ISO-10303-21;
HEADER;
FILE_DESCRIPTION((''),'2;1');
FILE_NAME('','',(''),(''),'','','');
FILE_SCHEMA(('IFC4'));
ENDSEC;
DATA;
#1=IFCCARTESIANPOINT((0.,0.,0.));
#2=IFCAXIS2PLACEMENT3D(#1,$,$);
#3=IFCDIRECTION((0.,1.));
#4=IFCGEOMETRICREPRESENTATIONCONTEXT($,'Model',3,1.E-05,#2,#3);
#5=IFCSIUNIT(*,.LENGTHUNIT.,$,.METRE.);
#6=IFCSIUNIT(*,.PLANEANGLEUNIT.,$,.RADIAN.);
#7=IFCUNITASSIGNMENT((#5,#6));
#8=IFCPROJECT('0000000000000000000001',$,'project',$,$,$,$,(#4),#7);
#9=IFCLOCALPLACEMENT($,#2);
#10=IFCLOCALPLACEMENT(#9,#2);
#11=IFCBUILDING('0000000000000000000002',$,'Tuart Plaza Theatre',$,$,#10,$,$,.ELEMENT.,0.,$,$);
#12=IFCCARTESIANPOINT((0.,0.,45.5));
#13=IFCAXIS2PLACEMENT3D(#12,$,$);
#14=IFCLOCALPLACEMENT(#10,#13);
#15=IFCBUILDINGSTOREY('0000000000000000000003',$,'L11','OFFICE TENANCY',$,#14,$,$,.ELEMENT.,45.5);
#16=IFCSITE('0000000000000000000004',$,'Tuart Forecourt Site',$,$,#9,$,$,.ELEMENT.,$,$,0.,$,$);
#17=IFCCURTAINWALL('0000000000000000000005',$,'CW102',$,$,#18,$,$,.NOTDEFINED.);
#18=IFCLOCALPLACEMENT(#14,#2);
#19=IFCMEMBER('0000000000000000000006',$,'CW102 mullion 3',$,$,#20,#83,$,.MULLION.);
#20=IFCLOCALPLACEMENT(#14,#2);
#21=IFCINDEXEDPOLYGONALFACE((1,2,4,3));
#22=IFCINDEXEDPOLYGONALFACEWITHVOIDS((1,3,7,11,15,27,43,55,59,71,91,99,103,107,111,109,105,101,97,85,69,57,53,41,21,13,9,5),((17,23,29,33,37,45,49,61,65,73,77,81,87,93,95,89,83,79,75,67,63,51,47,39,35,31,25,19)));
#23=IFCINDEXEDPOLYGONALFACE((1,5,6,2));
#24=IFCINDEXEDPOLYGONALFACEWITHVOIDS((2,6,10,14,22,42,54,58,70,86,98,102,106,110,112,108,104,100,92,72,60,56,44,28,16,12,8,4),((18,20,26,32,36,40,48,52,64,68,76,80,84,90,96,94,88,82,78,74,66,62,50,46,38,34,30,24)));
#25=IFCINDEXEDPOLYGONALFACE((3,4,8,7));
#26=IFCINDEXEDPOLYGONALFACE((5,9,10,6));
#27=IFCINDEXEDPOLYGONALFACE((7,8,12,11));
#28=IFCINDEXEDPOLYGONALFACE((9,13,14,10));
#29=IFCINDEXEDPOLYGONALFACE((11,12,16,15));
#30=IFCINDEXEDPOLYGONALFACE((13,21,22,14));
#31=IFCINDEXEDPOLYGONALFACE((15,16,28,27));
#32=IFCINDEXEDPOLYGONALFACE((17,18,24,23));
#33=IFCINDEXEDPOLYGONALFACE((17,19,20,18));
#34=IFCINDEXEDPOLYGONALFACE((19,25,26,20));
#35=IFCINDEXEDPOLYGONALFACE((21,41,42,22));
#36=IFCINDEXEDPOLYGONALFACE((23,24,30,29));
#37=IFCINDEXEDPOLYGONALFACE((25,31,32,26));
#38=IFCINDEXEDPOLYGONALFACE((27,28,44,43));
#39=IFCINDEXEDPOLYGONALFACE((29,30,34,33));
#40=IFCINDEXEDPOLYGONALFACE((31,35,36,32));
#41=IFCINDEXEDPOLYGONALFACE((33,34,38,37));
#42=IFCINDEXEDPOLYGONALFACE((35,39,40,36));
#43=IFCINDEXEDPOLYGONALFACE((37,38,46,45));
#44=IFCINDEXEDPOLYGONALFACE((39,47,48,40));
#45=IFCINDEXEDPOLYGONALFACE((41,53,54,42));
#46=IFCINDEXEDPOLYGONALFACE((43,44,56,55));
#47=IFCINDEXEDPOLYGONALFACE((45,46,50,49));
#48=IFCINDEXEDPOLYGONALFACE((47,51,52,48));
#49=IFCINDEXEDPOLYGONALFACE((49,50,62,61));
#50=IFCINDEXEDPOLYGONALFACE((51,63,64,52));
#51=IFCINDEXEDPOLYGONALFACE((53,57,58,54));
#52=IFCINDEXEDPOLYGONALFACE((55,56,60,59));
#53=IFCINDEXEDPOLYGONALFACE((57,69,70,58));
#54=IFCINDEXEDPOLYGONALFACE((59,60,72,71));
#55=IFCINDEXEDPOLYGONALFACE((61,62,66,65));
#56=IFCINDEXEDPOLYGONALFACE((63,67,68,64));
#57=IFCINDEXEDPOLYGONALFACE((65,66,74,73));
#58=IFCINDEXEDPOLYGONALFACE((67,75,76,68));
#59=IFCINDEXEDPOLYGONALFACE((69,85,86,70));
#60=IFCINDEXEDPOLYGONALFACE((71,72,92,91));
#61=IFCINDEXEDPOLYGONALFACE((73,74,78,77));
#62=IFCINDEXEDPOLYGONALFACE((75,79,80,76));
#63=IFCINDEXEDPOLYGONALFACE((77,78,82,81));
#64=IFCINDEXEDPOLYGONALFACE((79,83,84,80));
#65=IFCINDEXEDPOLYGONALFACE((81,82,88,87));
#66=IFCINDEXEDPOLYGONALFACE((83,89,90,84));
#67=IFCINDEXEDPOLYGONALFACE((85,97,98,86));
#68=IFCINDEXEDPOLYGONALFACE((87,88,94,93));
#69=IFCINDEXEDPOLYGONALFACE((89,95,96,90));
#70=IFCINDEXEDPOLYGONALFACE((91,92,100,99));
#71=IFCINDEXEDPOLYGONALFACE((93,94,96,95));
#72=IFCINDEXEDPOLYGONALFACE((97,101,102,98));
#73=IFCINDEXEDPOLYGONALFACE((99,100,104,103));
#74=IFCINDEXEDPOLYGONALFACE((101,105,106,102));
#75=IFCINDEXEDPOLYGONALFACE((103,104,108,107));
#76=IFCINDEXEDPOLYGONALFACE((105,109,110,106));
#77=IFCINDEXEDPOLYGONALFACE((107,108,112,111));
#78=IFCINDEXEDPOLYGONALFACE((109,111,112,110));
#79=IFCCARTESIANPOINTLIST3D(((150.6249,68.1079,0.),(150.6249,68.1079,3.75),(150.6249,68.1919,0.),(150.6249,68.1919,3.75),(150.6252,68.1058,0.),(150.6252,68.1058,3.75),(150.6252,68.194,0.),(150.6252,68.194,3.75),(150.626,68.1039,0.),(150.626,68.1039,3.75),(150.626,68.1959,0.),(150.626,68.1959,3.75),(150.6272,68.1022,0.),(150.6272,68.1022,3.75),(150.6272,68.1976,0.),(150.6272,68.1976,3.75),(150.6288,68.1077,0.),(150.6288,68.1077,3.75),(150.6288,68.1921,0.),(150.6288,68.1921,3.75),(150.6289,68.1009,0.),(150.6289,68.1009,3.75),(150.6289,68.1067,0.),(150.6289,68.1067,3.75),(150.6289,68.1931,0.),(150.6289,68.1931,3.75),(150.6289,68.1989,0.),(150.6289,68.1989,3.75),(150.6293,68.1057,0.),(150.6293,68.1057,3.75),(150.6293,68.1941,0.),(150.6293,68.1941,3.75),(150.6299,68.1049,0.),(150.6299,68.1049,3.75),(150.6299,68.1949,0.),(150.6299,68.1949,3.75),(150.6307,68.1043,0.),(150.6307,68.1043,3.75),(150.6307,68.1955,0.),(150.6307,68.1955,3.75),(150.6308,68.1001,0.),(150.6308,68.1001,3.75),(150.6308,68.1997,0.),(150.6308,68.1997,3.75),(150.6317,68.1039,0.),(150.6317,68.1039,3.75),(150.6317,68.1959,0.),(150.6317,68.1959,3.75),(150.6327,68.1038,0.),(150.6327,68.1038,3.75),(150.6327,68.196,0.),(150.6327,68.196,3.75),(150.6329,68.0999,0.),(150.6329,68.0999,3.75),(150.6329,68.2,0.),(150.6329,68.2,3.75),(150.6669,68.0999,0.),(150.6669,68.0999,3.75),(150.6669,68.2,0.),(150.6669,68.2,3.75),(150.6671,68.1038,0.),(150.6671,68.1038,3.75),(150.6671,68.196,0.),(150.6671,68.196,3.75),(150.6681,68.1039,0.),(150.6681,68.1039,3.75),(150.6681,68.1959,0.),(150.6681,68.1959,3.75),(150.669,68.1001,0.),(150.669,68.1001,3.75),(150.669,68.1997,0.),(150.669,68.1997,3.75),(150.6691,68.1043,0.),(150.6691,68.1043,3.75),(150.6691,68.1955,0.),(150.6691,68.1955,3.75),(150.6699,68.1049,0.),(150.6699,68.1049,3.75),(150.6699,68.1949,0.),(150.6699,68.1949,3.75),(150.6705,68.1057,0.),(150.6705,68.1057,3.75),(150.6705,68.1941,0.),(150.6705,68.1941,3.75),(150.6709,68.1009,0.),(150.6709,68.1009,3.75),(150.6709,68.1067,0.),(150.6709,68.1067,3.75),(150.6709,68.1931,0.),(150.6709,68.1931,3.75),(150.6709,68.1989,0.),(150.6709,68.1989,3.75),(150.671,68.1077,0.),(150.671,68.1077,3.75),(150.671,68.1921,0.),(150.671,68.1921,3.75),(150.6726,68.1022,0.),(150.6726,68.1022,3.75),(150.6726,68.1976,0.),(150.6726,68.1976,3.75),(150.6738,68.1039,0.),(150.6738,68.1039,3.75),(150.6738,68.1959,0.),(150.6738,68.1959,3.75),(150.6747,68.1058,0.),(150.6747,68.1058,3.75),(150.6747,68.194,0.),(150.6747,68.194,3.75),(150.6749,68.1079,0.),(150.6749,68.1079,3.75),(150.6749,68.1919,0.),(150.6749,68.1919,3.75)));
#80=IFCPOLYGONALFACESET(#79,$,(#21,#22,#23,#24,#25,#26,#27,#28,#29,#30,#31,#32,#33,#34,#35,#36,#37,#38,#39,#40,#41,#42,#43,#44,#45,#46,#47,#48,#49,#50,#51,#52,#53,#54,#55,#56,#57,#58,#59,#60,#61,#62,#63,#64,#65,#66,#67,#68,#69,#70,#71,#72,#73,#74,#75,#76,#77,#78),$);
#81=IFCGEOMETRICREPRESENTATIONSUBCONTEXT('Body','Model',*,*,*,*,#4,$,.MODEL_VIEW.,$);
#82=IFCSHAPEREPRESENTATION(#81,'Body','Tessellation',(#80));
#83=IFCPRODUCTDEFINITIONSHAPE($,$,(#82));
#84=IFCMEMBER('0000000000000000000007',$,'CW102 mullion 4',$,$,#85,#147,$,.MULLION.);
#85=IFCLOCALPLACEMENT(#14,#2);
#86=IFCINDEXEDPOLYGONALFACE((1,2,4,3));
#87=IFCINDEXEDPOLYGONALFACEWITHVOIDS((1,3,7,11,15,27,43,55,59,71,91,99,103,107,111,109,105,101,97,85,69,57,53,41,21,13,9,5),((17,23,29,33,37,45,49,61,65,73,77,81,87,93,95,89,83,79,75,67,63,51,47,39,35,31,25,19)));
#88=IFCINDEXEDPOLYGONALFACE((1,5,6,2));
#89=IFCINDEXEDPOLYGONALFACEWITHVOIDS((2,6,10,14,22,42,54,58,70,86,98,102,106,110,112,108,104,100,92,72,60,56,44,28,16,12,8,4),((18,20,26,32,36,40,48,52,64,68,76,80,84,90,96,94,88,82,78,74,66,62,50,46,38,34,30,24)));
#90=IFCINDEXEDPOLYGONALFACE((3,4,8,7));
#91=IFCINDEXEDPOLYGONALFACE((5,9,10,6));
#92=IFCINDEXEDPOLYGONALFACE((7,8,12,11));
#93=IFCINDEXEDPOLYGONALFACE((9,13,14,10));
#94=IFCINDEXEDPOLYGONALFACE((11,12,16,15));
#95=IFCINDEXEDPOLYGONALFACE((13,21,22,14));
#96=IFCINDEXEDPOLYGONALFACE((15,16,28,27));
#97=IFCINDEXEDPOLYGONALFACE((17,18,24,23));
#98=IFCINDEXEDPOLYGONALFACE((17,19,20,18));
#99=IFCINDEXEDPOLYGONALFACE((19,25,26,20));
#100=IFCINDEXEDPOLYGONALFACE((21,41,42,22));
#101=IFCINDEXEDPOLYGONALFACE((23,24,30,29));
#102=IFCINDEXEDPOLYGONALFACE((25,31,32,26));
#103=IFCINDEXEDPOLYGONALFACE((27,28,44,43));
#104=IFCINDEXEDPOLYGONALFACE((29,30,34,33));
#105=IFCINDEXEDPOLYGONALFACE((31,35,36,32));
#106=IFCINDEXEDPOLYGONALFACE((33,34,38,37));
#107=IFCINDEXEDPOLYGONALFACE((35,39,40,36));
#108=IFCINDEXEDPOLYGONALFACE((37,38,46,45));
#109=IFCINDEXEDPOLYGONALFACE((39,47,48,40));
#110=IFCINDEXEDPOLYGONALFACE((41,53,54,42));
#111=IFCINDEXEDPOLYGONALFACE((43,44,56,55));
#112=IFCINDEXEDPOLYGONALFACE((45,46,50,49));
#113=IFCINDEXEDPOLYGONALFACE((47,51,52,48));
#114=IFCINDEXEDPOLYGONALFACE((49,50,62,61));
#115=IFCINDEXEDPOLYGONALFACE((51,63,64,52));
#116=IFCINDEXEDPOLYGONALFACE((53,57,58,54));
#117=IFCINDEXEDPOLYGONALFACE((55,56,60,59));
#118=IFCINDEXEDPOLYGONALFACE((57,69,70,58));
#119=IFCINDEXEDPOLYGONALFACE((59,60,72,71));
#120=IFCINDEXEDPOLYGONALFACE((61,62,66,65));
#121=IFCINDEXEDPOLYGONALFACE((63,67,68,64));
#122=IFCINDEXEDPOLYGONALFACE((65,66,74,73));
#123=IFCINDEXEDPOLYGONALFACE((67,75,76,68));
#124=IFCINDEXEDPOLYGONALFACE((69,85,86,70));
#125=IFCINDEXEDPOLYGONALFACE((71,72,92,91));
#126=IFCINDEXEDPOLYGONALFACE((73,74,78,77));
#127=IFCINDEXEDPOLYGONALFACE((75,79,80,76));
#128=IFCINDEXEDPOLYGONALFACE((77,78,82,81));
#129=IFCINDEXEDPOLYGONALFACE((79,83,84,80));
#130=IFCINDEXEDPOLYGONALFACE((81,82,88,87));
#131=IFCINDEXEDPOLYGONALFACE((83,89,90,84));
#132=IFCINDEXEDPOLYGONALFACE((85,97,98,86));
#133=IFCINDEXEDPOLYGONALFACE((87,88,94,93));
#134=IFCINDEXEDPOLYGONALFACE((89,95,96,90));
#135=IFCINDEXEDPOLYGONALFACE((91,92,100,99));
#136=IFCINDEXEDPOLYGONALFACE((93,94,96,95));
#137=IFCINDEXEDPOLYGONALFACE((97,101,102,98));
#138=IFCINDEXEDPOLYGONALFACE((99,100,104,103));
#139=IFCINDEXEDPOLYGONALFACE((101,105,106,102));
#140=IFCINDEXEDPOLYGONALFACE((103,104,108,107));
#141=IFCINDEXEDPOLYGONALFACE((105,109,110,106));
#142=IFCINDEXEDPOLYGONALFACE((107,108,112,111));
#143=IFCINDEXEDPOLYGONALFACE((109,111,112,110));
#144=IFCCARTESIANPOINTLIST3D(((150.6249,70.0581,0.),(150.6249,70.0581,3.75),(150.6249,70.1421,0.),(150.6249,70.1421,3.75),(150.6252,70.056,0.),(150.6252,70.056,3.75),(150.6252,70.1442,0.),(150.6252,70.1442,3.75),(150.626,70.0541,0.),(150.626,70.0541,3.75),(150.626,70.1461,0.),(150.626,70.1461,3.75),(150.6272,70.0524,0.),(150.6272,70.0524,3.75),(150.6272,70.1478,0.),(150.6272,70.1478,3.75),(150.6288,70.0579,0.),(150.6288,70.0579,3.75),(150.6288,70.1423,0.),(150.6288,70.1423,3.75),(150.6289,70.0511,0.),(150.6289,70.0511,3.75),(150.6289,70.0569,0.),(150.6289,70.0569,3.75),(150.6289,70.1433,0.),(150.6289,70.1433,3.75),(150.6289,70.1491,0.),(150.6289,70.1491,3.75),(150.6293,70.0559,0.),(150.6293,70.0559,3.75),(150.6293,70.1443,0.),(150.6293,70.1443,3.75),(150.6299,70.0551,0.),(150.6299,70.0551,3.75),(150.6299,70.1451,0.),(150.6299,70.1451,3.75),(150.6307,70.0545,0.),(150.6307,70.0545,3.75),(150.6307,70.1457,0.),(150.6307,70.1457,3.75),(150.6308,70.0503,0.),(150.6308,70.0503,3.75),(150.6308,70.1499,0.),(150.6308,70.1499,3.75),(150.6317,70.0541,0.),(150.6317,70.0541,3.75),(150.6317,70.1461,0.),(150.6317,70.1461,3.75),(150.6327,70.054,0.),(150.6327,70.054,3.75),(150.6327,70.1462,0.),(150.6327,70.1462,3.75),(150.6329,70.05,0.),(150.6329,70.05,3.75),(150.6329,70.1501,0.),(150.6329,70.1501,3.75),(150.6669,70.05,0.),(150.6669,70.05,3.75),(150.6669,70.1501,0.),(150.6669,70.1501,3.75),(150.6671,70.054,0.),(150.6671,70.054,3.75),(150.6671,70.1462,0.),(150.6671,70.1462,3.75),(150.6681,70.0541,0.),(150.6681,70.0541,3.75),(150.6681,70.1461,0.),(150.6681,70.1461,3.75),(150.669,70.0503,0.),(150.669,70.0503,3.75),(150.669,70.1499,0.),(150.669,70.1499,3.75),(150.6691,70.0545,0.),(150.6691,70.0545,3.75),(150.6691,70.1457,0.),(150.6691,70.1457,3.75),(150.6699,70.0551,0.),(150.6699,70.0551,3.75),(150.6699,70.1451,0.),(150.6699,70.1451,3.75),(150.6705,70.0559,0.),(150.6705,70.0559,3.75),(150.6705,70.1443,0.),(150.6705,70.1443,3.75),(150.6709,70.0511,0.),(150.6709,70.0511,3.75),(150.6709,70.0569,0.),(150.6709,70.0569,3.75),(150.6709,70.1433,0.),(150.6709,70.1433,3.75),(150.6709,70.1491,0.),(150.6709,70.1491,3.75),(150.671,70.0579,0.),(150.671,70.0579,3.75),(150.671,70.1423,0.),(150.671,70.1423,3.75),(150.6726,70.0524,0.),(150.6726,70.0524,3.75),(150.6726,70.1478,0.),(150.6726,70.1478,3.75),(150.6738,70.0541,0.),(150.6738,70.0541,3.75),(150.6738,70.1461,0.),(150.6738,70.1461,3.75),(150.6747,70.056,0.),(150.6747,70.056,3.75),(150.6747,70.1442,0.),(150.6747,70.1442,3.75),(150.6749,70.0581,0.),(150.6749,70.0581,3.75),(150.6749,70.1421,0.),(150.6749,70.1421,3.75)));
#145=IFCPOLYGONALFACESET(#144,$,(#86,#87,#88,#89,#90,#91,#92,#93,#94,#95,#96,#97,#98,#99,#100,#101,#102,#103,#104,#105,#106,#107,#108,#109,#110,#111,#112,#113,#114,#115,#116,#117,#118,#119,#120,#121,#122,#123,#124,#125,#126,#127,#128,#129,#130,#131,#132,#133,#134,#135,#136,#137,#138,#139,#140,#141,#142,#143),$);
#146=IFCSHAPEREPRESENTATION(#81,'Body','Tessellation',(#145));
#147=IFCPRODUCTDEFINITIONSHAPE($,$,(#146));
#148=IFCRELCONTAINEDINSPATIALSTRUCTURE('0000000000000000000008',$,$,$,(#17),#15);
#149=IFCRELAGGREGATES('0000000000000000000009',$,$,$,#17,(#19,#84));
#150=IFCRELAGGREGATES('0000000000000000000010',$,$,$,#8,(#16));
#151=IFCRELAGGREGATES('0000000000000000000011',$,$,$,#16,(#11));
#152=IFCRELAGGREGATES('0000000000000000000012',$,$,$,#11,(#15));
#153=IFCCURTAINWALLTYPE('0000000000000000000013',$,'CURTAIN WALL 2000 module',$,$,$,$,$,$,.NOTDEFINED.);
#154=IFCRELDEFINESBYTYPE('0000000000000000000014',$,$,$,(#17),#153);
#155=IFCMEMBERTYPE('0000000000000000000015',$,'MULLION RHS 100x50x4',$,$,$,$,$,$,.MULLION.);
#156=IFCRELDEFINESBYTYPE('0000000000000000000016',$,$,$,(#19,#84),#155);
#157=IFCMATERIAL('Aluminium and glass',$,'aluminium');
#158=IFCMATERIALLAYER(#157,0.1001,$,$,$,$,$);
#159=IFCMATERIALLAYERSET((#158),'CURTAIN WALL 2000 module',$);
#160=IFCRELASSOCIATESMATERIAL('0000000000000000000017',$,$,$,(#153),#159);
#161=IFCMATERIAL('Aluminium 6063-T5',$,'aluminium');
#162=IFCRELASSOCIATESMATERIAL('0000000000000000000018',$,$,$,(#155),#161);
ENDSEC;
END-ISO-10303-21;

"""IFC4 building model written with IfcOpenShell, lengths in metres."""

from ifc_helpers import new_model, si_unit, direction, frame, origin, origin_2d, place, context, subcontext, project, spatial, hollow_rectangle, extrude, material, layer, layer_set, material_profile, profile_set, type_object, element, aggregate, save


model = new_model("IFC4")

# Units and contexts
model_context = context("Model", 3, precision=1e-05, world=origin(), true_north=direction((0.0, 1.0)))
body_context = subcontext(model_context, "Body", "Model", "MODEL_VIEW")
ifc_project = project(units=[si_unit("LENGTHUNIT", "METRE"), si_unit("PLANEANGLEUNIT", "RADIAN")], contexts=[model_context])

# Site, building, storey
site_placement = place(None, origin())
site = spatial("IfcSite", under=ifc_project, at=site_placement, Name="Tuart Forecourt Site", CompositionType="ELEMENT", RefElevation=0.0)
building_placement = place(site_placement, origin())
building = spatial("IfcBuilding", under=site, at=building_placement, Name="Tuart Plaza Theatre", CompositionType="ELEMENT", ElevationOfRefHeight=0.0)
storey_placement = place(building_placement, frame((0.0, 0.0, 45.5)))
storey = spatial("IfcBuildingStorey", under=building, at=storey_placement, Name="L11", Description="OFFICE TENANCY", CompositionType="ELEMENT", Elevation=45.5)

# Shared definitions
ifc_material_1 = material(Name="Aluminium and glass", Category="aluminium")
ifc_layer_1 = layer(ifc_material_1, 0.1001)
ifc_layer_set_1 = layer_set([ifc_layer_1], Name="CURTAIN WALL 2000 module")
curtain_wall_type = type_object("IfcCurtainWallType", Name="CURTAIN WALL 2000 module", PredefinedType="NOTDEFINED", material=ifc_layer_set_1)
ifc_material_2 = material(Name="Aluminium 6063-T5", Category="aluminium")
ifc_material_profile_1 = material_profile(ifc_material_2, hollow_rectangle(XDim=0.05, YDim=0.1001, WallThickness=0.0039, InnerFilletRadius=0.0039, OuterFilletRadius=0.0081, at=origin_2d()), Name="RHS 100x50x4")
ifc_profile_set_1 = profile_set([ifc_material_profile_1], Name="Aluminium 6063-T5")
member_type_1 = type_object("IfcMemberType", Name="MULLION RHS 100x50x4", PredefinedType="MULLION", material=ifc_profile_set_1)

# Curtain wall, members
curtain_wall_1_placement = place(storey_placement, origin())
curtain_wall_1 = element("IfcCurtainWall", 1, at=curtain_wall_1_placement, inside=storey, type_object=curtain_wall_type, Name="CW102", PredefinedType="NOTDEFINED")
member_1_placement = place(storey_placement, frame((150.6499, 68.1499, 0.0), z_axis=(0.0, 0.0, 1.0), x_axis=(-1.0, 0.0, 0.0)))
member_1 = element("IfcMember", 2, at=member_1_placement, type_object=member_type_1, Name="CW102 mullion 3", PredefinedType="MULLION", context=body_context, shape_type="SweptSolid", body=[
    extrude(hollow_rectangle(XDim=0.05, YDim=0.1001, WallThickness=0.0039, InnerFilletRadius=0.0039, OuterFilletRadius=0.0081, at=origin_2d()), origin(), (0.0, 0.0, 1.0), 3.75),
])
member_2_placement = place(storey_placement, frame((150.6499, 70.1001, 0.0), z_axis=(0.0, 0.0, 1.0), x_axis=(-1.0, 0.0, 0.0)))
member_2 = element("IfcMember", 3, at=member_2_placement, type_object=member_type_1, Name="CW102 mullion 4", PredefinedType="MULLION", context=body_context, shape_type="SweptSolid", body=[
    extrude(hollow_rectangle(XDim=0.05, YDim=0.1001, WallThickness=0.0039, InnerFilletRadius=0.0039, OuterFilletRadius=0.0081, at=origin_2d()), origin(), (0.0, 0.0, 1.0), 3.75),
])

aggregate(curtain_wall_1, [member_1, member_2])

save(model, "model.ifc")
